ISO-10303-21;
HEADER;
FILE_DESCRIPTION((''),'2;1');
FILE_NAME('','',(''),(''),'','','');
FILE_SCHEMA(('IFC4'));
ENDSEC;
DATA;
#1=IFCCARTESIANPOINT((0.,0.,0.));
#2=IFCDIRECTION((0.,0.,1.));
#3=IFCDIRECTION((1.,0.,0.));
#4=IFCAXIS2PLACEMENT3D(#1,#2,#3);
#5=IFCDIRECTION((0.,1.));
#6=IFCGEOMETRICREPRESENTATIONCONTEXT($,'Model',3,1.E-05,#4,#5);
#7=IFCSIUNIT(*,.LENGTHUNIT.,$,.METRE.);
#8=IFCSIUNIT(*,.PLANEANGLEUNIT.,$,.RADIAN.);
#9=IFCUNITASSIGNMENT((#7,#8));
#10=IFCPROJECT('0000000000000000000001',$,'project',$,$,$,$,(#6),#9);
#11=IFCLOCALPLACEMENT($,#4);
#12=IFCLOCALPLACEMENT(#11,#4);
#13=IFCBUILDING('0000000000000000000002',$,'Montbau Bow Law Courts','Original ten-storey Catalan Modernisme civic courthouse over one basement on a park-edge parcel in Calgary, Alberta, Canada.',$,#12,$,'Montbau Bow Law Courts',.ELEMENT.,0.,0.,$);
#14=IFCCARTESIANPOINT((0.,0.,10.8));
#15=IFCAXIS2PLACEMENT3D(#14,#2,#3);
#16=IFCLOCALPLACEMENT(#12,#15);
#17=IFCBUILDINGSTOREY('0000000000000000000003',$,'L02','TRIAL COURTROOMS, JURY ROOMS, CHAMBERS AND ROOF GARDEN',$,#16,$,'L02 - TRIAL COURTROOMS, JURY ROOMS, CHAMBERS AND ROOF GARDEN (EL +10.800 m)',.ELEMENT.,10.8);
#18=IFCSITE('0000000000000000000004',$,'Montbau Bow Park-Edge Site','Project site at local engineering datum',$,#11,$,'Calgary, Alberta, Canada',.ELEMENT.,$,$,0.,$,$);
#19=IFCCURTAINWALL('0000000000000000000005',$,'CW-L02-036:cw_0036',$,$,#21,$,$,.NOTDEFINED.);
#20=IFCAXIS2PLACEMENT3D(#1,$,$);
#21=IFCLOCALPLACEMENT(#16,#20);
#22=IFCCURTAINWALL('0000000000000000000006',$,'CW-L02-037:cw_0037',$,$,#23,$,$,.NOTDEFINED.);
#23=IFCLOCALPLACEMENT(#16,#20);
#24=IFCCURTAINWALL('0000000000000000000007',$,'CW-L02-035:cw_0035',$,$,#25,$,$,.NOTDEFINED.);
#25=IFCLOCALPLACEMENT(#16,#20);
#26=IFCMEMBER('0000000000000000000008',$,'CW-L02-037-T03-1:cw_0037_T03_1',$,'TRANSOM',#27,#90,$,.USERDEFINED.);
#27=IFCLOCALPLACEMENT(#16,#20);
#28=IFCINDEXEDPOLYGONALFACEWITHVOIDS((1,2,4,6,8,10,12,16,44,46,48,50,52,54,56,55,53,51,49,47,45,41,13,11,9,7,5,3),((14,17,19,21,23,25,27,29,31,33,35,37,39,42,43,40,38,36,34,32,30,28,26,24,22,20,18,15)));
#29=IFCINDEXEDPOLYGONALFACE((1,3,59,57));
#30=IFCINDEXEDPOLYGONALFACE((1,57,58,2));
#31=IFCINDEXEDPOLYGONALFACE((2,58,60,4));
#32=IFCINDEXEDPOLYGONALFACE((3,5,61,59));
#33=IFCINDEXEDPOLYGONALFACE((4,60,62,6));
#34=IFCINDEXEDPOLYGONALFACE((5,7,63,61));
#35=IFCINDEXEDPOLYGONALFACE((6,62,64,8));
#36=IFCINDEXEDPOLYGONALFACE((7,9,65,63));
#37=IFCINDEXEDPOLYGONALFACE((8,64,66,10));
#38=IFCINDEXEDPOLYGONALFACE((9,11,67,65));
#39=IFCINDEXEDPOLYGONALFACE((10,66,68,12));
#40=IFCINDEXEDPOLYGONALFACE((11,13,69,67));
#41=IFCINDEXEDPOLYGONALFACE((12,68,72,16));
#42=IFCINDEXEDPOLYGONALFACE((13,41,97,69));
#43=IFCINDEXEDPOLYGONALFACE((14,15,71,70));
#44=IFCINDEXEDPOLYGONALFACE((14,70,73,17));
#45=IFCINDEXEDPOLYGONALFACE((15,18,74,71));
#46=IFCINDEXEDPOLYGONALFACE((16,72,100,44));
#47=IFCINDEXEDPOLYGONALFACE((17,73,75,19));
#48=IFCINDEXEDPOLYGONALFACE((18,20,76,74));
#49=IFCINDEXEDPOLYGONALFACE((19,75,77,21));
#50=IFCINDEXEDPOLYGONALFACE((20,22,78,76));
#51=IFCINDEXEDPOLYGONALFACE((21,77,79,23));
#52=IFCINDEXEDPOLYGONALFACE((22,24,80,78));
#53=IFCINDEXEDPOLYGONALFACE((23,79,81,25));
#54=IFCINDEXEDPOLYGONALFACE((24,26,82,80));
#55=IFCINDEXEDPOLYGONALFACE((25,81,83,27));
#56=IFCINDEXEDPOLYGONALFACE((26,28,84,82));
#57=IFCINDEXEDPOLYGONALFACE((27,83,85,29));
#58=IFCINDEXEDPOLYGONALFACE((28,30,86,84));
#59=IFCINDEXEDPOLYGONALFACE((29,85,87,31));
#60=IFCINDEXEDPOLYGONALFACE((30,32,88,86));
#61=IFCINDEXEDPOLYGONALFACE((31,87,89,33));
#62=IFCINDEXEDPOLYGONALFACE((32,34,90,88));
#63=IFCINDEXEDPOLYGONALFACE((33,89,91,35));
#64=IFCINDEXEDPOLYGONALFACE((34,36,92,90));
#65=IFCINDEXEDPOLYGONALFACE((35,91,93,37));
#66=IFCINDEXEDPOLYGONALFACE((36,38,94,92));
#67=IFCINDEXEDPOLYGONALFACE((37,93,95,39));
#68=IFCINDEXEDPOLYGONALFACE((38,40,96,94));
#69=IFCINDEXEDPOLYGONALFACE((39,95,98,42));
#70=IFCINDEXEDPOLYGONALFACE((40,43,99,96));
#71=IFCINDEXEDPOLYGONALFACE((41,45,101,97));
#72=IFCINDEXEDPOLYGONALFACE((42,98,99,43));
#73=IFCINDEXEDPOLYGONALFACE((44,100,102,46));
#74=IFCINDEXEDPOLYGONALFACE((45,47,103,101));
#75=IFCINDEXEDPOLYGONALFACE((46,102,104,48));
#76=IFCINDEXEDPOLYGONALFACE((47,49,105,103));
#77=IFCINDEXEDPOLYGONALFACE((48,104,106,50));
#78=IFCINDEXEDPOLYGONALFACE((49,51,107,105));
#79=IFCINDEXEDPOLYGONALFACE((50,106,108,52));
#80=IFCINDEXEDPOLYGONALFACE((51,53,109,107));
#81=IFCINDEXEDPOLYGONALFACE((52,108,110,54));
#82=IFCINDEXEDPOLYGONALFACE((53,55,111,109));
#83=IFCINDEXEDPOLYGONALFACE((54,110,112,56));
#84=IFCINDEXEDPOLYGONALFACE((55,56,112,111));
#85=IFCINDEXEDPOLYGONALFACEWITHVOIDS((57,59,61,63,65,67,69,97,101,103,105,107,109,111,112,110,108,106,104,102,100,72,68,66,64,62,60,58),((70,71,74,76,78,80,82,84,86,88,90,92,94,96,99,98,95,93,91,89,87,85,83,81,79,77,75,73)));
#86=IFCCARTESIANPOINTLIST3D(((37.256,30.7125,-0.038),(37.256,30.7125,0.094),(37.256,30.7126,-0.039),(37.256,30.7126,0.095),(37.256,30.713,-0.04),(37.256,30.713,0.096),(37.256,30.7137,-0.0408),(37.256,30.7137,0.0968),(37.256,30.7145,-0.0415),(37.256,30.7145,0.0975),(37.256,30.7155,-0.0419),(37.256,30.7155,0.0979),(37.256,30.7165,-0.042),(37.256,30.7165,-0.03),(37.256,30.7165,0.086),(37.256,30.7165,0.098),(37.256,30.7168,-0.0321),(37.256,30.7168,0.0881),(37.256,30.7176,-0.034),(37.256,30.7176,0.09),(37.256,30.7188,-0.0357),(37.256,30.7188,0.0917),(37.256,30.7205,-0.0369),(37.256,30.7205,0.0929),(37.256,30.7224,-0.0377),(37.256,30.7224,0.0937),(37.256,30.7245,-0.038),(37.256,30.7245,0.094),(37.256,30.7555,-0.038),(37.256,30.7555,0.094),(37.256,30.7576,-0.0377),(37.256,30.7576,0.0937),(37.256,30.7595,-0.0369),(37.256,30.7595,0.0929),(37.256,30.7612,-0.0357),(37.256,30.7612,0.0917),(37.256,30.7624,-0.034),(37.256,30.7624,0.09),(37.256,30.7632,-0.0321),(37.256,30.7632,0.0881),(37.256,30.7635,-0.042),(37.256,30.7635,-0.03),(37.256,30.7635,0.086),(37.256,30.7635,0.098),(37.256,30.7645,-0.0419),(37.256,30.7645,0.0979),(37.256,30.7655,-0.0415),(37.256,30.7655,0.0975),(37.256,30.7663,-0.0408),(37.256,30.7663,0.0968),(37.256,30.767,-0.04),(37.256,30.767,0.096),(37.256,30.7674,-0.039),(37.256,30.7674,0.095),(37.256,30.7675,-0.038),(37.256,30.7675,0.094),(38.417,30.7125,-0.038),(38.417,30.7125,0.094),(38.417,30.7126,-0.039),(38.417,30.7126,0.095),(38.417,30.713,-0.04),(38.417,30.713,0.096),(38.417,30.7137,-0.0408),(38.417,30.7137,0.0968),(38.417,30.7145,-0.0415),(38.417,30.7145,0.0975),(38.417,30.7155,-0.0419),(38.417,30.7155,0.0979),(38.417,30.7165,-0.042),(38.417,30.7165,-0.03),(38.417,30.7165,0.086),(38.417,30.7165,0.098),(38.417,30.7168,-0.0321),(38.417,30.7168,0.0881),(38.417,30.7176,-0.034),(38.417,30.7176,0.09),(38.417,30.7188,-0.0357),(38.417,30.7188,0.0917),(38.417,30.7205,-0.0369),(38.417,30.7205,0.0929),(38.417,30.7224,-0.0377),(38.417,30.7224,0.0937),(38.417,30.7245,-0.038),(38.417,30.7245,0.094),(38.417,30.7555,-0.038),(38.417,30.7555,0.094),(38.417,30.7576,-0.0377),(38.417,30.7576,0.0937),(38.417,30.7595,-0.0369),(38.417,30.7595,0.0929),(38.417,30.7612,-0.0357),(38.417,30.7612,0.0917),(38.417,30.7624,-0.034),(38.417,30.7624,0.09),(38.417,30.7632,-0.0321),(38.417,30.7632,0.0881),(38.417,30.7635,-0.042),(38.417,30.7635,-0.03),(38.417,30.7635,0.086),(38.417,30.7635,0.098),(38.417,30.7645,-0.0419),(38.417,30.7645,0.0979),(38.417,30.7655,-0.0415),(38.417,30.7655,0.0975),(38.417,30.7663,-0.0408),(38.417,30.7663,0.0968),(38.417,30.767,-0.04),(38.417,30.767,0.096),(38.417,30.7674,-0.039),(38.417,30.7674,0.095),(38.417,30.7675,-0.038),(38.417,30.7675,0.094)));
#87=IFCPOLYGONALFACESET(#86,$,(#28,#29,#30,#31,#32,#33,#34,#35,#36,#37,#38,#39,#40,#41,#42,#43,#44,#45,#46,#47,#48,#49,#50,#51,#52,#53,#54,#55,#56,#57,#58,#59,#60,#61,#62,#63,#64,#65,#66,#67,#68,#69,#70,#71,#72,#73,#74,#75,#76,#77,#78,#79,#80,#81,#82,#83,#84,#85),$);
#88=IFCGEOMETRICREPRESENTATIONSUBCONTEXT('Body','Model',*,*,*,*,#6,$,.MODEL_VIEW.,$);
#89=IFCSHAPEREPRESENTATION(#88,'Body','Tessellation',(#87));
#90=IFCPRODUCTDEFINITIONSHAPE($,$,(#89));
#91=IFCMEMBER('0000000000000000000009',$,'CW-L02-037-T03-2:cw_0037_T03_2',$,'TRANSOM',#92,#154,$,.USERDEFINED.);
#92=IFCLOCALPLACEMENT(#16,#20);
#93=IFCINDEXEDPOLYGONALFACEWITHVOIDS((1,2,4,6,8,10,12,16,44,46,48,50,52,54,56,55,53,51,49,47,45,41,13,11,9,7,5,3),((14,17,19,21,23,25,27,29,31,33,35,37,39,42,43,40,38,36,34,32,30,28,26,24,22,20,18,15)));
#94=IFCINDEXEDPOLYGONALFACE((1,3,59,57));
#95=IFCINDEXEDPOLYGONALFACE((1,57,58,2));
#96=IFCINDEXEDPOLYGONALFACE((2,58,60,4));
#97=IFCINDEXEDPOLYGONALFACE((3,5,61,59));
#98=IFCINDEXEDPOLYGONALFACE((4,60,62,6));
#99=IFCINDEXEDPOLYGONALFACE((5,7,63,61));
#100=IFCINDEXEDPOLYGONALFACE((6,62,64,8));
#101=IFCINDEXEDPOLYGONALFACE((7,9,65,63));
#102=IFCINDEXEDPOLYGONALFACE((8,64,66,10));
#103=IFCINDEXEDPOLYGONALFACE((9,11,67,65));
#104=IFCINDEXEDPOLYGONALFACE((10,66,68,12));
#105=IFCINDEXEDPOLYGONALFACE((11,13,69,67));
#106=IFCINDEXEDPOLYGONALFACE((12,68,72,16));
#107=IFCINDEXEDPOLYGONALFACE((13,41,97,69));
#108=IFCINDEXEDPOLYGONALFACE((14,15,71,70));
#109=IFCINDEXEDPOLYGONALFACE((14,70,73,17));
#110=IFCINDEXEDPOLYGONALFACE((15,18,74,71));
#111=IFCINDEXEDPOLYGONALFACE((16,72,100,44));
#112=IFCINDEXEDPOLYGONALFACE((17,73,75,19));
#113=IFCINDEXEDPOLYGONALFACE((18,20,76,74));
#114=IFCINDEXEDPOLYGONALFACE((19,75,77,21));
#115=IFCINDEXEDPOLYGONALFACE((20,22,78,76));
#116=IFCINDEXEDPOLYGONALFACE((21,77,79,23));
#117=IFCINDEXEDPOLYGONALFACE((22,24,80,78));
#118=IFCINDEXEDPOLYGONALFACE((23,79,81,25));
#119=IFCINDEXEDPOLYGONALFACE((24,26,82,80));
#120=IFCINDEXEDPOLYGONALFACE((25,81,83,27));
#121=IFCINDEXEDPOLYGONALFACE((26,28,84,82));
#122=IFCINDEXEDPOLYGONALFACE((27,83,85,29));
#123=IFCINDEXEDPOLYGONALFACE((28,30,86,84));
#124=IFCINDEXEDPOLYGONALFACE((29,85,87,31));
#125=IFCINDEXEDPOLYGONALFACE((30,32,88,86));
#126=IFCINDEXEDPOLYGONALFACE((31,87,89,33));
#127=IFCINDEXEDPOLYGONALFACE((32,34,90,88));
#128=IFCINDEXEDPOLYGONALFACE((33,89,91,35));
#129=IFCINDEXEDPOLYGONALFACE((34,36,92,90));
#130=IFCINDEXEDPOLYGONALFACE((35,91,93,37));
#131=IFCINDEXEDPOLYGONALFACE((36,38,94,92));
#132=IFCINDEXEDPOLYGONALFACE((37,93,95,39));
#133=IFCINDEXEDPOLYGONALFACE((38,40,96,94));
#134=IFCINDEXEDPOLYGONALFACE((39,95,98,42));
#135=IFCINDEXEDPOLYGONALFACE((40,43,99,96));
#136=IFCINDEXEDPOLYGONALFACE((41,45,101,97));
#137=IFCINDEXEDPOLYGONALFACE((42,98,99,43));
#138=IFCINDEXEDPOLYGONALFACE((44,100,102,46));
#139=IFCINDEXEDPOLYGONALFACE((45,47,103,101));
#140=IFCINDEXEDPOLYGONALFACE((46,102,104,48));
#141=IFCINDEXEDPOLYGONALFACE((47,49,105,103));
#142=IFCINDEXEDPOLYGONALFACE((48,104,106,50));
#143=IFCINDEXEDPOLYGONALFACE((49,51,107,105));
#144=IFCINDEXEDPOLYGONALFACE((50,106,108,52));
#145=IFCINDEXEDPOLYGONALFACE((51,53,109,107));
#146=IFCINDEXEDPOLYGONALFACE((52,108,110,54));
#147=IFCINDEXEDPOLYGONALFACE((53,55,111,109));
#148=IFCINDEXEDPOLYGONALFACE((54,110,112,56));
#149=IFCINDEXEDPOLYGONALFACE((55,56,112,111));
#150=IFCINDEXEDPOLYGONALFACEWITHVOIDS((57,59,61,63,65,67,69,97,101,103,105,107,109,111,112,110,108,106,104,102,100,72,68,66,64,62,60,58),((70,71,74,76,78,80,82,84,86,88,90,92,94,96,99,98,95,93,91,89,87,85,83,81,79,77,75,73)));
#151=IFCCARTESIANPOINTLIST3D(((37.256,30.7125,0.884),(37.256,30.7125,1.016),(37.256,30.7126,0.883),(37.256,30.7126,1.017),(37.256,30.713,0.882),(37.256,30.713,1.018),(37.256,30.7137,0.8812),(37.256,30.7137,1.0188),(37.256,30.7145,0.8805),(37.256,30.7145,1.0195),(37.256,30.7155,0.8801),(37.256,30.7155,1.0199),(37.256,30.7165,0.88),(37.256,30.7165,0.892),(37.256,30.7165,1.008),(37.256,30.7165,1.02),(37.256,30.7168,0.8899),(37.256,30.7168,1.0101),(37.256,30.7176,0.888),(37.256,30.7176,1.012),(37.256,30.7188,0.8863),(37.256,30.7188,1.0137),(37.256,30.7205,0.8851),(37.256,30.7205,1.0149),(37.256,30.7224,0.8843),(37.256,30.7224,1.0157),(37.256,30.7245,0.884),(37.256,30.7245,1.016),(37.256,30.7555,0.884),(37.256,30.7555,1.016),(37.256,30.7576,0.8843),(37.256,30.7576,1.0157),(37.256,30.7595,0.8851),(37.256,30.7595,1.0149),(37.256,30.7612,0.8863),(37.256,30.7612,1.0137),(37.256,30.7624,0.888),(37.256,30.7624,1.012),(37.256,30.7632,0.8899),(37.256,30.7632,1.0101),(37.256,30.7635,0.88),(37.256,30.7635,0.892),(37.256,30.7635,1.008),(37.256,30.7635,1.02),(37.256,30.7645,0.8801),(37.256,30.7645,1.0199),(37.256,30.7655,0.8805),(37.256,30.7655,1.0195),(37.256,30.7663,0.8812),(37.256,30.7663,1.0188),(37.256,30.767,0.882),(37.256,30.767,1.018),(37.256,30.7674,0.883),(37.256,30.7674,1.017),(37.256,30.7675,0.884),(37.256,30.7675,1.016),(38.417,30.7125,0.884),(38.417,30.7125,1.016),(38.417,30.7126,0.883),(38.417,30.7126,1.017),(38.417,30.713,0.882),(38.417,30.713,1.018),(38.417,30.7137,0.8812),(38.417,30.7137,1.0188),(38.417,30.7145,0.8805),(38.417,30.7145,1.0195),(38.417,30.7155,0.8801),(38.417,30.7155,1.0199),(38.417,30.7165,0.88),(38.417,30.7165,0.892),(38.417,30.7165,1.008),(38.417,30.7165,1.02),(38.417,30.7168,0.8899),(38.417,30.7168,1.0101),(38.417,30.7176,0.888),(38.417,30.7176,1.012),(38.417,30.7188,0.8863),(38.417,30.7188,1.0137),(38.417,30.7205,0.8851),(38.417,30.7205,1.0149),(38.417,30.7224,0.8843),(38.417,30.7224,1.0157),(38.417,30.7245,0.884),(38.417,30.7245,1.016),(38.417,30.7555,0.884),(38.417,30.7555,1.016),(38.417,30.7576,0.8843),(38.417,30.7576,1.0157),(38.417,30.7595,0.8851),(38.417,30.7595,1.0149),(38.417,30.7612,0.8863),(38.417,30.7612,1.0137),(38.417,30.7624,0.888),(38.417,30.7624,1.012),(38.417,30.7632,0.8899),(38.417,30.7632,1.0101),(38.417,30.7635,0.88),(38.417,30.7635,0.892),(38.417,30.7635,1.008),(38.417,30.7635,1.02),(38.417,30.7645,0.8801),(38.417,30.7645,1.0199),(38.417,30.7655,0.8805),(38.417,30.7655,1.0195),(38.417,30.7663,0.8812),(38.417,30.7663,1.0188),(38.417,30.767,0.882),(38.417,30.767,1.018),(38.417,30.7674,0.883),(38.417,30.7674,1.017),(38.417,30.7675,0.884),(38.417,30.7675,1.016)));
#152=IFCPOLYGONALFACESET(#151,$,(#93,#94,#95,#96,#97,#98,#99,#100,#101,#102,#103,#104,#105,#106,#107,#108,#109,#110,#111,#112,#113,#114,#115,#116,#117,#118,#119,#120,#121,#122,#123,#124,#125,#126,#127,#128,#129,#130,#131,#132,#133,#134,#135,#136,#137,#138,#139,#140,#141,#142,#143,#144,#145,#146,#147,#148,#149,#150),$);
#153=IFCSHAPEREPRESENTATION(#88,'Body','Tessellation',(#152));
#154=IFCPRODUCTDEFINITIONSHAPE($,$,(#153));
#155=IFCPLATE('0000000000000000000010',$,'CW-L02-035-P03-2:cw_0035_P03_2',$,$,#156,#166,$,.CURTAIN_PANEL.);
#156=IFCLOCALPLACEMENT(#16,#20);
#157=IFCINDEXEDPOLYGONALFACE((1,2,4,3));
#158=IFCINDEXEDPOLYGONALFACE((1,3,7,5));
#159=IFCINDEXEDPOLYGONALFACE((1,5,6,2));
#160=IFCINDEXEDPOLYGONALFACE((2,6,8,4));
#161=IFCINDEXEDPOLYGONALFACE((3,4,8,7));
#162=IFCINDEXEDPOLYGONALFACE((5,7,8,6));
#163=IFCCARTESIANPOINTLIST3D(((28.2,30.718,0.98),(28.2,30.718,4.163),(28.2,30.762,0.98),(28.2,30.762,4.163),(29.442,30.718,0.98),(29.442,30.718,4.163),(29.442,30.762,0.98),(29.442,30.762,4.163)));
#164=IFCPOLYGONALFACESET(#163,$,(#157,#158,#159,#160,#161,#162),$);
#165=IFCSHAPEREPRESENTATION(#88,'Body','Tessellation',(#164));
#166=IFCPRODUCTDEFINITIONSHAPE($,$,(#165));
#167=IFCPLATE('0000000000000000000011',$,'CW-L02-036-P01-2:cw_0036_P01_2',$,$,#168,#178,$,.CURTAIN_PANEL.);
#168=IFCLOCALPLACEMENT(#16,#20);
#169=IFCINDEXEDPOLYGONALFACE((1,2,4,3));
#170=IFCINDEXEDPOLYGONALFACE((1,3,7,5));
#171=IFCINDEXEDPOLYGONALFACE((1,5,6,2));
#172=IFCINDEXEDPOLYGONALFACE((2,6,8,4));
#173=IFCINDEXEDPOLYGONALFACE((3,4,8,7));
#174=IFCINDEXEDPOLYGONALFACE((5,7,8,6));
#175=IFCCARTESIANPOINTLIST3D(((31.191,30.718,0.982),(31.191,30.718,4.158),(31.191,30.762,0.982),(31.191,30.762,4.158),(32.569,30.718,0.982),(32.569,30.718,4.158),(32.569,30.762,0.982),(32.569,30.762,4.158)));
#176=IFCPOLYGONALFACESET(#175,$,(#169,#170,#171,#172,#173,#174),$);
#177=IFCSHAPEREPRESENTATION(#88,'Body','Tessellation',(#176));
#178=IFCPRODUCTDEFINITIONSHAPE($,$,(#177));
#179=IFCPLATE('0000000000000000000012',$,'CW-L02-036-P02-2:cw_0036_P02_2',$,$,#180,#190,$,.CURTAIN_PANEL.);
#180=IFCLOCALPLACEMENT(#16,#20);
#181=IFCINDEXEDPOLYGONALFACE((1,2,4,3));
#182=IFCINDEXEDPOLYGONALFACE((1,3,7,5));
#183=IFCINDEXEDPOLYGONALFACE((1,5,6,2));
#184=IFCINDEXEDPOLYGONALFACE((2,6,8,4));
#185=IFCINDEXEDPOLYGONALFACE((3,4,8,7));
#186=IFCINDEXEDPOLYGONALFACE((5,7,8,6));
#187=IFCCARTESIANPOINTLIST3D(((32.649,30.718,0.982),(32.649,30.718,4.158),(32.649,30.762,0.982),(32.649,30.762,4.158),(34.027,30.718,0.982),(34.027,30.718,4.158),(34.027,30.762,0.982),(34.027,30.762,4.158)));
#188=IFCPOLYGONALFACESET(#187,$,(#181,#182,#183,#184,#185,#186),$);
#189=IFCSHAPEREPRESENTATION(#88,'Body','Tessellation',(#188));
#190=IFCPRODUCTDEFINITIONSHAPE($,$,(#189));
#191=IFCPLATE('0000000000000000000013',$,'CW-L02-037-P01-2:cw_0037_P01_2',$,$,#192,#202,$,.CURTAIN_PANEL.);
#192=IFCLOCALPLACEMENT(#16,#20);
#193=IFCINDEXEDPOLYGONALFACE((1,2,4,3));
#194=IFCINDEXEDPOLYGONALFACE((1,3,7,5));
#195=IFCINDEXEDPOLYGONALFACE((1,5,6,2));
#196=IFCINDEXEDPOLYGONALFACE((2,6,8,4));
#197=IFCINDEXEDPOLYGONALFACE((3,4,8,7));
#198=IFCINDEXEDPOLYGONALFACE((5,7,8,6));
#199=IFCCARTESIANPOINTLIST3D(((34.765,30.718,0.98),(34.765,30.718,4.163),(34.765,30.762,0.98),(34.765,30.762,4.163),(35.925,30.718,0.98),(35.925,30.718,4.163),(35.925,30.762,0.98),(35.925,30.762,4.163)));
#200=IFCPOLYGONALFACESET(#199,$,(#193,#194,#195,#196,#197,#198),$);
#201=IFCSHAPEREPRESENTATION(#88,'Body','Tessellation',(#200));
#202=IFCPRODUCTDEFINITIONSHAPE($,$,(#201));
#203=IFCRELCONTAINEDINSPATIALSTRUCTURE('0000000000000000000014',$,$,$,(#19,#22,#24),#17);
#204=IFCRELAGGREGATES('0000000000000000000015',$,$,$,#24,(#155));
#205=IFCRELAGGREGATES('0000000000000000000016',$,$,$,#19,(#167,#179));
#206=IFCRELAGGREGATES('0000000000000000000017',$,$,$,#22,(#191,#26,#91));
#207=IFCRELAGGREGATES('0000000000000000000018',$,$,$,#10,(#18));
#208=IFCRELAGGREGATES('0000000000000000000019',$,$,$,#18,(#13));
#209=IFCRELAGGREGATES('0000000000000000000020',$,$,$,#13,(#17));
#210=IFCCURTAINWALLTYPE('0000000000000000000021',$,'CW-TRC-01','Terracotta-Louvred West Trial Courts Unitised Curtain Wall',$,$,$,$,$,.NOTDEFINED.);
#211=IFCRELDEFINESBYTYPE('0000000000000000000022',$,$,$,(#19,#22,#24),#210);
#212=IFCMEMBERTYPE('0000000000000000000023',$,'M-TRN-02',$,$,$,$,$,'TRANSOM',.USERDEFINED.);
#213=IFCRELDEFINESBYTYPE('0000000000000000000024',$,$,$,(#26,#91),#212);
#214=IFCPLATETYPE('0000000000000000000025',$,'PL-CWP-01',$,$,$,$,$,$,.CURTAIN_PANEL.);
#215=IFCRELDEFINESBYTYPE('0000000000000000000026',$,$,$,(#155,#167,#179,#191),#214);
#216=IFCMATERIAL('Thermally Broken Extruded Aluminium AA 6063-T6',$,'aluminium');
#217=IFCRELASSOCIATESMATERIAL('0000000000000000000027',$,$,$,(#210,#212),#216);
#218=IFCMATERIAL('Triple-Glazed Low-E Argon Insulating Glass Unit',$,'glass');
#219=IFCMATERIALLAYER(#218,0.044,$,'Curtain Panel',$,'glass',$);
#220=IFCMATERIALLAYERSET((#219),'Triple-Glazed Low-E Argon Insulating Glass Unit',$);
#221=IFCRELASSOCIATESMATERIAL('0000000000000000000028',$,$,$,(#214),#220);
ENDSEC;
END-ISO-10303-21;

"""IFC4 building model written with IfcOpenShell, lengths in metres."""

from ifc_helpers import new_model, si_unit, direction, frame, frame_2d, origin_with_axes, origin_2d_with_axis, place, context, subcontext, project, spatial, rectangle, hollow_rectangle, extrude, material, layer, layer_set, material_profile, profile_set, type_object, element, aggregate, save


model = new_model("IFC4")

# Units and contexts
model_context = context("Model", 3, precision=1e-05, world=origin_with_axes(), true_north=direction((0.0, 1.0)))
body_context = subcontext(model_context, "Body", "Model", "MODEL_VIEW")
ifc_project = project(units=[si_unit("LENGTHUNIT", "METRE"), si_unit("PLANEANGLEUNIT", "RADIAN")], contexts=[model_context])

# Site, building, storey
site_placement = place(None, origin_with_axes())
site = spatial("IfcSite", under=ifc_project, at=site_placement, Name="Montbau Bow Park-Edge Site", Description="Project site at local engineering datum", LongName="Calgary, Alberta, Canada", CompositionType="ELEMENT", RefElevation=0.0)
building_placement = place(site_placement, origin_with_axes())
building = spatial("IfcBuilding", under=site, at=building_placement, Name="Montbau Bow Law Courts", Description="Original ten-storey Catalan Modernisme civic courthouse over one basement on a park-edge parcel in Calgary, Alberta, Canada.", LongName="Montbau Bow Law Courts", CompositionType="ELEMENT", ElevationOfRefHeight=0.0, ElevationOfTerrain=0.0)
storey_placement = place(building_placement, frame((0.0, 0.0, 10.8), z_axis=(0.0, 0.0, 1.0), x_axis=(1.0, 0.0, 0.0)))
storey = spatial("IfcBuildingStorey", under=building, at=storey_placement, Name="L02", Description="TRIAL COURTROOMS, JURY ROOMS, CHAMBERS AND ROOF GARDEN", LongName="L02 - TRIAL COURTROOMS, JURY ROOMS, CHAMBERS AND ROOF GARDEN (EL +10.800 m)", CompositionType="ELEMENT", Elevation=10.8)

# Curtain walls
ifc_material_1 = material(Name="Thermally Broken Extruded Aluminium AA 6063-T6", Category="aluminium")
curtain_wall_type = type_object("IfcCurtainWallType", Name="CW-TRC-01", Description="Terracotta-Louvred West Trial Courts Unitised Curtain Wall", PredefinedType="NOTDEFINED", material=ifc_material_1)
curtain_wall_1_placement = place(None, frame((31.115, 30.74, 10.8), z_axis=(0.0, 0.0, 1.0), x_axis=(1.0, 0.0, 0.0)))
curtain_wall_1 = element("IfcCurtainWall", 1, at=curtain_wall_1_placement, inside=storey, type_object=curtain_wall_type, Name="CW-L02-036:cw_0036", PredefinedType="NOTDEFINED")
curtain_wall_2_placement = place(None, frame((34.697, 30.74, 10.8), z_axis=(0.0, 0.0, 1.0), x_axis=(1.0, 0.0, 0.0)))
curtain_wall_2 = element("IfcCurtainWall", 2, at=curtain_wall_2_placement, inside=storey, type_object=curtain_wall_type, Name="CW-L02-037:cw_0037", PredefinedType="NOTDEFINED")

# Curtain wall
curtain_wall_3_placement = place(None, frame((25.496, 30.74, 10.8), z_axis=(0.0, 0.0, 1.0), x_axis=(1.0, 0.0, 0.0)))
curtain_wall_3 = element("IfcCurtainWall", 3, at=curtain_wall_3_placement, inside=storey, type_object=curtain_wall_type, Name="CW-L02-035:cw_0035", PredefinedType="NOTDEFINED")

# Members
ifc_material_profile_1 = material_profile(ifc_material_1, hollow_rectangle(XDim=0.055, YDim=0.14, WallThickness=0.004, InnerFilletRadius=0.008, OuterFilletRadius=0.004, at=origin_2d_with_axis()), Name="CWT-140X55", Category="Main", Priority=0)
ifc_profile_set_1 = profile_set([ifc_material_profile_1], Name="Thermally Broken Extruded Aluminium AA 6063-T6")
member_type_1 = type_object("IfcMemberType", Name="M-TRN-02", ElementType="TRANSOM", PredefinedType="USERDEFINED", material=ifc_profile_set_1)
member_1_placement = place(None, frame((37.256, 30.74, 10.828), z_axis=(1.0, 0.0, 0.0), x_axis=(0.0, 1.0, 0.0)))
member_1 = element("IfcMember", 4, at=member_1_placement, type_object=member_type_1, Name="CW-L02-037-T03-1:cw_0037_T03_1", ObjectType="TRANSOM", PredefinedType="USERDEFINED", context=body_context, shape_type="SweptSolid", body=[
    extrude(hollow_rectangle(XDim=0.055, YDim=0.14, WallThickness=0.004, InnerFilletRadius=0.008, OuterFilletRadius=0.004, at=origin_2d_with_axis()), origin_with_axes(), (0.0, 0.0, 1.0), 1.161),
])
member_2_placement = place(None, frame((37.256, 30.74, 11.75), z_axis=(1.0, 0.0, 0.0), x_axis=(0.0, 1.0, 0.0)))
member_2 = element("IfcMember", 5, at=member_2_placement, type_object=member_type_1, Name="CW-L02-037-T03-2:cw_0037_T03_2", ObjectType="TRANSOM", PredefinedType="USERDEFINED", context=body_context, shape_type="SweptSolid", body=[
    extrude(hollow_rectangle(XDim=0.055, YDim=0.14, WallThickness=0.004, InnerFilletRadius=0.008, OuterFilletRadius=0.004, at=origin_2d_with_axis()), origin_with_axes(), (0.0, 0.0, 1.0), 1.161),
])

# Plates
ifc_material_2 = material(Name="Triple-Glazed Low-E Argon Insulating Glass Unit", Category="glass")
ifc_layer_1 = layer(ifc_material_2, 0.044, Name="Curtain Panel", Category="glass")
ifc_layer_set_1 = layer_set([ifc_layer_1], Name="Triple-Glazed Low-E Argon Insulating Glass Unit")
plate_type_1 = type_object("IfcPlateType", Name="PL-CWP-01", PredefinedType="CURTAIN_PANEL", material=ifc_layer_set_1)
plate_1_placement = place(None, frame((28.2, 30.74, 11.78), z_axis=(0.0, -1.0, 0.0), x_axis=(1.0, 0.0, 0.0)))
plate_1 = element("IfcPlate", 6, at=plate_1_placement, type_object=plate_type_1, Name="CW-L02-035-P03-2:cw_0035_P03_2", PredefinedType="CURTAIN_PANEL", context=body_context, shape_type="SweptSolid", body=[
    extrude(rectangle(XDim=1.242, YDim=3.183, at=frame_2d((0.621, 1.5915), x_axis=(1.0, 0.0))), frame((0.0, 0.0, -0.022), z_axis=(0.0, 0.0, 1.0), x_axis=(1.0, 0.0, 0.0)), (0.0, 0.0, 1.0), 0.044),
])
aggregate(curtain_wall_3, [plate_1])
plate_2_placement = place(None, frame((31.191, 30.74, 11.782), z_axis=(0.0, -1.0, 0.0), x_axis=(1.0, 0.0, 0.0)))
plate_2 = element("IfcPlate", 7, at=plate_2_placement, type_object=plate_type_1, Name="CW-L02-036-P01-2:cw_0036_P01_2", PredefinedType="CURTAIN_PANEL", context=body_context, shape_type="SweptSolid", body=[
    extrude(rectangle(XDim=1.378, YDim=3.176, at=frame_2d((0.689, 1.588), x_axis=(1.0, 0.0))), frame((0.0, 0.0, -0.022), z_axis=(0.0, 0.0, 1.0), x_axis=(1.0, 0.0, 0.0)), (0.0, 0.0, 1.0), 0.044),
])
plate_3_placement = place(None, frame((32.649, 30.74, 11.782), z_axis=(0.0, -1.0, 0.0), x_axis=(1.0, 0.0, 0.0)))
plate_3 = element("IfcPlate", 8, at=plate_3_placement, type_object=plate_type_1, Name="CW-L02-036-P02-2:cw_0036_P02_2", PredefinedType="CURTAIN_PANEL", context=body_context, shape_type="SweptSolid", body=[
    extrude(rectangle(XDim=1.378, YDim=3.176, at=frame_2d((0.689, 1.588), x_axis=(1.0, 0.0))), frame((0.0, 0.0, -0.022), z_axis=(0.0, 0.0, 1.0), x_axis=(1.0, 0.0, 0.0)), (0.0, 0.0, 1.0), 0.044),
])
plate_4_placement = place(None, frame((34.765, 30.74, 11.78), z_axis=(0.0, -1.0, 0.0), x_axis=(1.0, 0.0, 0.0)))
plate_4 = element("IfcPlate", 9, at=plate_4_placement, type_object=plate_type_1, Name="CW-L02-037-P01-2:cw_0037_P01_2", PredefinedType="CURTAIN_PANEL", context=body_context, shape_type="SweptSolid", body=[
    extrude(rectangle(XDim=1.16, YDim=3.183, at=frame_2d((0.58, 1.5915), x_axis=(1.0, 0.0))), frame((0.0, 0.0, -0.022), z_axis=(0.0, 0.0, 1.0), x_axis=(1.0, 0.0, 0.0)), (0.0, 0.0, 1.0), 0.044),
])
aggregate(curtain_wall_1, [plate_2, plate_3])
aggregate(curtain_wall_2, [plate_4, member_1, member_2])

save(model, "model.ifc")
